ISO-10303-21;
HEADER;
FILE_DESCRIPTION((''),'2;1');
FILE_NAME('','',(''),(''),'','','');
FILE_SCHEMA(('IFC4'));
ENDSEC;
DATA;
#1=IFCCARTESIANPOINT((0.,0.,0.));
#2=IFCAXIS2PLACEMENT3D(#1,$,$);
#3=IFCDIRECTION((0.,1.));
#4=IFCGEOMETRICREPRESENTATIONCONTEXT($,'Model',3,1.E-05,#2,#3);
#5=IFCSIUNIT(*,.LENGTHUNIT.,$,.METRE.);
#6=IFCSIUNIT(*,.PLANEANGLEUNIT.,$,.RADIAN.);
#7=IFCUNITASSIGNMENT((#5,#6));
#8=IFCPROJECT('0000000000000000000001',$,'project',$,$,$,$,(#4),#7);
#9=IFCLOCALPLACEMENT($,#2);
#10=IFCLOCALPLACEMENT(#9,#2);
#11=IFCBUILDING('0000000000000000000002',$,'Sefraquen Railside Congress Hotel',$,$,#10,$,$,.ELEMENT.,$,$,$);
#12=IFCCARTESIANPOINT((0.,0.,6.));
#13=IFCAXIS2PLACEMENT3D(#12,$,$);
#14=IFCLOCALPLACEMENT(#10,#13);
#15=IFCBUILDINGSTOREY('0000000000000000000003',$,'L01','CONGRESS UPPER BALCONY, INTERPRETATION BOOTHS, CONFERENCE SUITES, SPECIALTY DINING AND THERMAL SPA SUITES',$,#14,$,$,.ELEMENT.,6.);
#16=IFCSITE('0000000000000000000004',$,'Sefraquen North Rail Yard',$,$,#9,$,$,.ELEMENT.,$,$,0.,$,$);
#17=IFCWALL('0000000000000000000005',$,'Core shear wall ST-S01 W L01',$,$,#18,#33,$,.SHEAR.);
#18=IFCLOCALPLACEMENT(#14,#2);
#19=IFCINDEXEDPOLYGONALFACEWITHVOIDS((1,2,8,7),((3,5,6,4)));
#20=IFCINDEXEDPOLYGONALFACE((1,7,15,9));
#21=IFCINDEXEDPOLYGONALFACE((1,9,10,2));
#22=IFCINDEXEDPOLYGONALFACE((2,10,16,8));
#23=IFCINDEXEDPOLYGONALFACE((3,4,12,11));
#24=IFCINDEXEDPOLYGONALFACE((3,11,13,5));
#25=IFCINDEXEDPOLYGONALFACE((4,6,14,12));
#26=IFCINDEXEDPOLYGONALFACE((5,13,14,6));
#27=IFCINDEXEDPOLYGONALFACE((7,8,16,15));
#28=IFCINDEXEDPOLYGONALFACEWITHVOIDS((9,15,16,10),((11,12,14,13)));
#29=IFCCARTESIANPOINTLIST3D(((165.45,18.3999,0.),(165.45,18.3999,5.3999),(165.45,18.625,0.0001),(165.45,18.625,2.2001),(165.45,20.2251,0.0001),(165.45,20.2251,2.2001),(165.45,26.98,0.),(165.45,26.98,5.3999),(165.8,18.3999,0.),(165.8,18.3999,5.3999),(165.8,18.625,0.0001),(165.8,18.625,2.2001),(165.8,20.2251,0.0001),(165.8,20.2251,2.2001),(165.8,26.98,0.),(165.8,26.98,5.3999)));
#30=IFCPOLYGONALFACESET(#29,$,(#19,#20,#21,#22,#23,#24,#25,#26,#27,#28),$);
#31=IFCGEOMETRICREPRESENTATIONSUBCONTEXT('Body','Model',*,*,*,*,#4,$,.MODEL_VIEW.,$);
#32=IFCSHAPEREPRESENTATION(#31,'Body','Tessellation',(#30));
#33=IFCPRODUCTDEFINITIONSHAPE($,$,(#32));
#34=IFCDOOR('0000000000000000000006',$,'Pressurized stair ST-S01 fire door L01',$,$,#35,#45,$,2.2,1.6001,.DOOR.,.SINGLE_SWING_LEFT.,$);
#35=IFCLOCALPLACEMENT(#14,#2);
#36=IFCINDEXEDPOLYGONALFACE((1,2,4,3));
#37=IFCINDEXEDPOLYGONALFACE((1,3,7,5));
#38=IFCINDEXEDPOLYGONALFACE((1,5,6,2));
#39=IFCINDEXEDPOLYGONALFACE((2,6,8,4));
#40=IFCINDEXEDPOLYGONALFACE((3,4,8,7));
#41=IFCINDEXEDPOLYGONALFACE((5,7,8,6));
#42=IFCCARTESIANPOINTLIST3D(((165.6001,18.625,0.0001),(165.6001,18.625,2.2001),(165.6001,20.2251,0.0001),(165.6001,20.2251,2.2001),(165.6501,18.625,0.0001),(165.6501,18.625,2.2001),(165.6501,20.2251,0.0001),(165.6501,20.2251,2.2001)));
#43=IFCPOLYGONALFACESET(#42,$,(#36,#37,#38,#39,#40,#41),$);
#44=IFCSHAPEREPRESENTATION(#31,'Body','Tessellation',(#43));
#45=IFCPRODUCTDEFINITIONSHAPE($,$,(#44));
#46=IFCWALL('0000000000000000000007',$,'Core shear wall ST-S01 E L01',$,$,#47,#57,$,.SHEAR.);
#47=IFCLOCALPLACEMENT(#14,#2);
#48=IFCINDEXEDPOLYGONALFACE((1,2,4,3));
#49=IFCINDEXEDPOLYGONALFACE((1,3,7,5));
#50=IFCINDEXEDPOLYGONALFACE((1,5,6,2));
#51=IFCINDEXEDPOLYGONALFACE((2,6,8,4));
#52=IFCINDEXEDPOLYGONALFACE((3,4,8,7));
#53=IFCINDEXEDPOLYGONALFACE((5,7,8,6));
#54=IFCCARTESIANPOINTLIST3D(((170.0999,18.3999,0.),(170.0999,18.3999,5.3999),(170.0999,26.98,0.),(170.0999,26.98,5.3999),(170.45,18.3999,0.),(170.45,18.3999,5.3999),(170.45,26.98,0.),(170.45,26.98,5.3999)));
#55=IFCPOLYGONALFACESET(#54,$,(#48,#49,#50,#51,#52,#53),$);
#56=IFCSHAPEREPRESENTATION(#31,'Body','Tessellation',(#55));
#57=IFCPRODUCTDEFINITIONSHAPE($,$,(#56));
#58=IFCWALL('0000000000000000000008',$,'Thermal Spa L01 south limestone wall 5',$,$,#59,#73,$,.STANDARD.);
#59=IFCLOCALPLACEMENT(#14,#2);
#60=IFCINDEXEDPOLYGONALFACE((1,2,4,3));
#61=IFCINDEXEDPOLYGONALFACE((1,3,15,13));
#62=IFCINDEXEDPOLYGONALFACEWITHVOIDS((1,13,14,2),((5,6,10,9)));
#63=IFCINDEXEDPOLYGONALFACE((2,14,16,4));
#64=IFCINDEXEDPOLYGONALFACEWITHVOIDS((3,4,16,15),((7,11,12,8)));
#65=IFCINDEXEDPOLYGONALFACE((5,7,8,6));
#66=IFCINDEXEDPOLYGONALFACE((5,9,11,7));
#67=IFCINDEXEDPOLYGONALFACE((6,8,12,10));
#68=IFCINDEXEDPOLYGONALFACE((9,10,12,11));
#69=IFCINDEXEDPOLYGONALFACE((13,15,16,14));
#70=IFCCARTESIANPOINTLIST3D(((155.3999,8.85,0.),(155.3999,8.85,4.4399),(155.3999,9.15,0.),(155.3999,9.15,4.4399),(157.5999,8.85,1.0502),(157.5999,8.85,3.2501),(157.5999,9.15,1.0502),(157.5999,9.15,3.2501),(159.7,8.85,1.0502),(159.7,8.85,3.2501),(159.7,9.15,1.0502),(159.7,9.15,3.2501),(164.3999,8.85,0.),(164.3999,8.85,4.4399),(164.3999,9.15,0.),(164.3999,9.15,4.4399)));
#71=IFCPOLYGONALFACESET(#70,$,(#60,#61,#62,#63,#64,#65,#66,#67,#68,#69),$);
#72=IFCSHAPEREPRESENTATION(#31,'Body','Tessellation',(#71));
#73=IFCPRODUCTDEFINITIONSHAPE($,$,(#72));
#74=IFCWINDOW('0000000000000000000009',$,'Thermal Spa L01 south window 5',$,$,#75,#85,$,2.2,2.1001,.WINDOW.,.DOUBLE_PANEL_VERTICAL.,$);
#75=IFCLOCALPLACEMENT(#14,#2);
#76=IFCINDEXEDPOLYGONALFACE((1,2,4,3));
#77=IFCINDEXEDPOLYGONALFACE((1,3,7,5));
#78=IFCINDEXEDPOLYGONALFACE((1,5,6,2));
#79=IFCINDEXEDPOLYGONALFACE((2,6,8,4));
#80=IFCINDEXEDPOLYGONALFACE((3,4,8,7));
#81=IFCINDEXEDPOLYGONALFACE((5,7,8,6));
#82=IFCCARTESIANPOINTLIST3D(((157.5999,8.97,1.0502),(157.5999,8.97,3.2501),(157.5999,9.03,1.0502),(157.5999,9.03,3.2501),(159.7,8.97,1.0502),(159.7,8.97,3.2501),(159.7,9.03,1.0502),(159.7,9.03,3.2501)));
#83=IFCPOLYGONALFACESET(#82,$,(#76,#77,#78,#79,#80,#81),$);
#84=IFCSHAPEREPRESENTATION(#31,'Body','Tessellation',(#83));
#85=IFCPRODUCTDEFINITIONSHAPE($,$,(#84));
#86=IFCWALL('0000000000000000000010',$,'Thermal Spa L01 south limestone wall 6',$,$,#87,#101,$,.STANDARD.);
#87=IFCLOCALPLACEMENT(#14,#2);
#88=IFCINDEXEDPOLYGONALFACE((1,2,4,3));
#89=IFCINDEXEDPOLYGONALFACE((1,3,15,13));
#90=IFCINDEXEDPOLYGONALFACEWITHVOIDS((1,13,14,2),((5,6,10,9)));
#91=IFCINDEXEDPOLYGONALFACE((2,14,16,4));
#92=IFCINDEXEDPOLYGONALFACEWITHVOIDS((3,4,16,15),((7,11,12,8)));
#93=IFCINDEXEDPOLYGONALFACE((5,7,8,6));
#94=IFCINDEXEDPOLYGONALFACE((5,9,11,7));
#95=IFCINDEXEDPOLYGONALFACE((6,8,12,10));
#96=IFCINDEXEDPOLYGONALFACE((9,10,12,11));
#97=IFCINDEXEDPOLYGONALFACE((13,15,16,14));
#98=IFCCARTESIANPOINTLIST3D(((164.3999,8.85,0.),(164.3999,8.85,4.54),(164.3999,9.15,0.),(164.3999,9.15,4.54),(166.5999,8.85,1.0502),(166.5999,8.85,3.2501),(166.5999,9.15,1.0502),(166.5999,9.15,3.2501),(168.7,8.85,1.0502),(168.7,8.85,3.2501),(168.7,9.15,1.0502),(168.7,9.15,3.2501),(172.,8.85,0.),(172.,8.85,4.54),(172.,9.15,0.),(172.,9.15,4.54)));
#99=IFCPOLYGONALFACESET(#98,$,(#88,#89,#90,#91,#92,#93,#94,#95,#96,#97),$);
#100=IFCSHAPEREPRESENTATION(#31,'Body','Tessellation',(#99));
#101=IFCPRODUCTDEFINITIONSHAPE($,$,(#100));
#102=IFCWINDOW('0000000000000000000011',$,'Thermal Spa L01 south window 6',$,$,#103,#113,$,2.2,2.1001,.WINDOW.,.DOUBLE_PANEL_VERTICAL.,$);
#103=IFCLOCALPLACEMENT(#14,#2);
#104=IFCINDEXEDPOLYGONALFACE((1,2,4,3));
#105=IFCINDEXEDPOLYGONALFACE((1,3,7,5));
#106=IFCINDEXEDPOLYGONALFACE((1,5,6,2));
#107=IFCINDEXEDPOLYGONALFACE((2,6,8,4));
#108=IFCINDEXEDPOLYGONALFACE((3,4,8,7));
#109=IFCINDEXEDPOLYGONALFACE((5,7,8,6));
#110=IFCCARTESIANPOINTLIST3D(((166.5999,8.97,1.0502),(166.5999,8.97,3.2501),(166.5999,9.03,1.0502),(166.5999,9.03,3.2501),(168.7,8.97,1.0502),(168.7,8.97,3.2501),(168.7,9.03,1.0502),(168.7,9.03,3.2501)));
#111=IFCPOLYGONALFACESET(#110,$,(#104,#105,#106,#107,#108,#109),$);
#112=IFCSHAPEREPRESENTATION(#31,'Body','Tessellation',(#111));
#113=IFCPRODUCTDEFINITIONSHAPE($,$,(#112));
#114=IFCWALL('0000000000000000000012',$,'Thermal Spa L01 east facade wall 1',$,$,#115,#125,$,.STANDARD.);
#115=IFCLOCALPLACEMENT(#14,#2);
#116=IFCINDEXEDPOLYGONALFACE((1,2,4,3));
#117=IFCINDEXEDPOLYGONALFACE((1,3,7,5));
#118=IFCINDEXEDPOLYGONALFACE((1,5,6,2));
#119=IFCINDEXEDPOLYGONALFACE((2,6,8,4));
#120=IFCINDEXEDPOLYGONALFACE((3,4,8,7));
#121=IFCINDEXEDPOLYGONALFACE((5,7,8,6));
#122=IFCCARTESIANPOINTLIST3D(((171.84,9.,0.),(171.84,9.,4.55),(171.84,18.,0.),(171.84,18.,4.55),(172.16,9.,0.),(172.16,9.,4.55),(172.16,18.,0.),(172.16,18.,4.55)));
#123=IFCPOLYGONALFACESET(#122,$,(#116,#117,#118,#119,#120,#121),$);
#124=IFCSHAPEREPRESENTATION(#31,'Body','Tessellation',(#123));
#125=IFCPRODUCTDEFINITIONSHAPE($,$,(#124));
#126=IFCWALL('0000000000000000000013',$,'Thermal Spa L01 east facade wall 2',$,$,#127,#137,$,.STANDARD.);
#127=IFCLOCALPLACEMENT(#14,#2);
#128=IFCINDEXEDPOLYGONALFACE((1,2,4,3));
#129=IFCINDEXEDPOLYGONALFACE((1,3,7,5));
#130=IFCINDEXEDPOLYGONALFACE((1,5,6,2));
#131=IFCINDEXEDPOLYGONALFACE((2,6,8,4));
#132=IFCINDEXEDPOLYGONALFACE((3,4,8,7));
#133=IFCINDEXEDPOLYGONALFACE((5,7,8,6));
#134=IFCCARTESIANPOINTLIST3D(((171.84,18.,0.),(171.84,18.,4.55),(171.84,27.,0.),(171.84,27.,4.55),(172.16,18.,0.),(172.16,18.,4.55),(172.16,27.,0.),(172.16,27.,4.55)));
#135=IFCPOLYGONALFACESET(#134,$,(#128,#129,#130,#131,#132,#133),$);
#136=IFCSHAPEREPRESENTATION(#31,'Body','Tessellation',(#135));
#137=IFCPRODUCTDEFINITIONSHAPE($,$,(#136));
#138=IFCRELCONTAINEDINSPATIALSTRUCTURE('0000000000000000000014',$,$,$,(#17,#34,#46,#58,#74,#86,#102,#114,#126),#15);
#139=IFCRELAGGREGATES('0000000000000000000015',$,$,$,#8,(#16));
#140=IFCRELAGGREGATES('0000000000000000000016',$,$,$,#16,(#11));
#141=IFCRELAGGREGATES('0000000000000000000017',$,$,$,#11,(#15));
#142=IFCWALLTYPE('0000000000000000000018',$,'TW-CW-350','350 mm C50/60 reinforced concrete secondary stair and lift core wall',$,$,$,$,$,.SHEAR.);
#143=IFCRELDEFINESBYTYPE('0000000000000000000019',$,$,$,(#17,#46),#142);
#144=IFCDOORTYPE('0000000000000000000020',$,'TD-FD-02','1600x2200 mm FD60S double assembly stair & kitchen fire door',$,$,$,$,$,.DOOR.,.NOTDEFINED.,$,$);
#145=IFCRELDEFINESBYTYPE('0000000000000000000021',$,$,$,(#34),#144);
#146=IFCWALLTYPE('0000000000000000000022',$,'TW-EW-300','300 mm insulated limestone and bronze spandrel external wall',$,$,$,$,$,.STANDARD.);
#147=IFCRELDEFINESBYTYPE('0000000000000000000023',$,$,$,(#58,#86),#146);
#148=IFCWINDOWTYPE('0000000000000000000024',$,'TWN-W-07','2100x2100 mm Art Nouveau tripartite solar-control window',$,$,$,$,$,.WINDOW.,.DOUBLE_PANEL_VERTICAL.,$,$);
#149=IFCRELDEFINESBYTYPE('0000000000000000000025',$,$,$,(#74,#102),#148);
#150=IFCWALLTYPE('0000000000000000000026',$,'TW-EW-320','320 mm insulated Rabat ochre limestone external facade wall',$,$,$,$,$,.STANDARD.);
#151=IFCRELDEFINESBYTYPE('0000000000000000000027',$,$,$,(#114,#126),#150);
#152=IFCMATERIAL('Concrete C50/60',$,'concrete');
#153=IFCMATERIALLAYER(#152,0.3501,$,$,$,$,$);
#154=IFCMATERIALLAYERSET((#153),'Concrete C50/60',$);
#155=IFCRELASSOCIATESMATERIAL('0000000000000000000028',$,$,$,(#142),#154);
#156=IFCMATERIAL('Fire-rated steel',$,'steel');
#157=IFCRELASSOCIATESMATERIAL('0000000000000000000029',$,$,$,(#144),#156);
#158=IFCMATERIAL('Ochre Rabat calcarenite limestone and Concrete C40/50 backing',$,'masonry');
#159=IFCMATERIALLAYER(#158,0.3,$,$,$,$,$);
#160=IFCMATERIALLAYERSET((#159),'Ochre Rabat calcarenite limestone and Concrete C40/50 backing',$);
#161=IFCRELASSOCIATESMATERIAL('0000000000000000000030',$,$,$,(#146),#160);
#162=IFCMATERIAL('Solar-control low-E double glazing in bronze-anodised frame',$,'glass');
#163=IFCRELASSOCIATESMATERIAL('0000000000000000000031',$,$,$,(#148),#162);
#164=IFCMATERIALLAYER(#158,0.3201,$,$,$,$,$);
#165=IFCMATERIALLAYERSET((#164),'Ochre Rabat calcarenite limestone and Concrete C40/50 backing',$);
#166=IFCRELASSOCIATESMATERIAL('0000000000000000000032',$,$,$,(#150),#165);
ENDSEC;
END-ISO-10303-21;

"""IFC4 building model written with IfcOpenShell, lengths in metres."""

from ifc_helpers import new_model, si_unit, direction, frame, frame_2d, origin, place, context, subcontext, project, spatial, rectangle, extrude, material, layer, layer_set, type_object, element, fill, save


model = new_model("IFC4")

# Units and contexts
model_context = context("Model", 3, precision=1e-05, world=origin(), true_north=direction((0.0, 1.0)))
body_context = subcontext(model_context, "Body", "Model", "MODEL_VIEW")
ifc_project = project(units=[si_unit("LENGTHUNIT", "METRE"), si_unit("PLANEANGLEUNIT", "RADIAN")], contexts=[model_context])

# Site, building, storey
site_placement = place(None, origin())
site = spatial("IfcSite", under=ifc_project, at=site_placement, Name="Sefraquen North Rail Yard", CompositionType="ELEMENT", RefElevation=0.0)
building_placement = place(site_placement, origin())
building = spatial("IfcBuilding", under=site, at=building_placement, Name="Sefraquen Railside Congress Hotel", CompositionType="ELEMENT")
storey_placement = place(building_placement, frame((0.0, 0.0, 6.0)))
storey = spatial("IfcBuildingStorey", under=building, at=storey_placement, Name="L01", Description="CONGRESS UPPER BALCONY, INTERPRETATION BOOTHS, CONFERENCE SUITES, SPECIALTY DINING AND THERMAL SPA SUITES", CompositionType="ELEMENT", Elevation=6.0)

# Shared definitions
ifc_material_1 = material(Name="Concrete C50/60", Category="concrete")
ifc_layer_1 = layer(ifc_material_1, 0.3501)
ifc_layer_set_1 = layer_set([ifc_layer_1], Name="Concrete C50/60")
wall_type_1 = type_object("IfcWallType", Name="TW-CW-350", Description="350 mm C50/60 reinforced concrete secondary stair and lift core wall", PredefinedType="SHEAR", material=ifc_layer_set_1)

# Wall, opening, door
wall_1_placement = place(storey_placement, frame((165.625, 18.3999, 0.0), z_axis=(0.0, 0.0, 1.0), x_axis=(0.0, 1.0, 0.0)))
wall_1 = element("IfcWall", 1, at=wall_1_placement, inside=storey, type_object=wall_type_1, Name="Core shear wall ST-S01 W L01", PredefinedType="SHEAR", context=body_context, shape_type="SweptSolid", body=[
    extrude(rectangle(XDim=8.5801, YDim=0.3501, at=frame_2d((4.29, 0.0))), origin(), (0.0, 0.0, 1.0), 5.3999),
])
opening_1_placement = place(wall_1_placement, frame((0.2251, 0.0, 0.0)))
opening_1 = element("IfcOpeningElement", 2, at=opening_1_placement, cuts=wall_1, PredefinedType="OPENING", context=body_context, shape_type="SweptSolid", body=[
    extrude(rectangle(XDim=1.6001, YDim=2.2, at=frame_2d((0.8, 1.1001))), frame((0.0, 0.1851, 0.0), z_axis=(0.0, -1.0, 0.0), x_axis=(1.0, 0.0, 0.0)), (0.0, 0.0, 1.0), 0.3701),
])
ifc_material_2 = material(Name="Fire-rated steel", Category="steel")
door_type = type_object("IfcDoorType", Name="TD-FD-02", Description="1600x2200 mm FD60S double assembly stair & kitchen fire door", OperationType="NOTDEFINED", PredefinedType="DOOR", material=ifc_material_2)
door_placement = place(opening_1_placement, origin())
door = element("IfcDoor", 3, at=door_placement, inside=storey, type_object=door_type, Name="Pressurized stair ST-S01 fire door L01", OperationType="SINGLE_SWING_LEFT", OverallHeight=2.2, OverallWidth=1.6001, PredefinedType="DOOR", context=body_context, shape_type="SweptSolid", body=[
    extrude(rectangle(XDim=1.6001, YDim=2.2, at=frame_2d((0.8, 1.1001))), frame((0.0, 0.0249, 0.0), z_axis=(0.0, -1.0, 0.0), x_axis=(1.0, 0.0, 0.0)), (0.0, 0.0, 1.0), 0.05),
])
fill(opening_1, door)

# Wall
wall_2_placement = place(storey_placement, frame((170.2749, 18.3999, 0.0), z_axis=(0.0, 0.0, 1.0), x_axis=(0.0, 1.0, 0.0)))
element("IfcWall", 4, at=wall_2_placement, inside=storey, type_object=wall_type_1, Name="Core shear wall ST-S01 E L01", PredefinedType="SHEAR", context=body_context, shape_type="SweptSolid", body=[
    extrude(rectangle(XDim=8.5801, YDim=0.3501, at=frame_2d((4.29, 0.0))), origin(), (0.0, 0.0, 1.0), 5.3999),
])

# Walls, openings, windows
ifc_material_3 = material(Name="Ochre Rabat calcarenite limestone and Concrete C40/50 backing", Category="masonry")
ifc_layer_2 = layer(ifc_material_3, 0.3)
ifc_layer_set_2 = layer_set([ifc_layer_2], Name="Ochre Rabat calcarenite limestone and Concrete C40/50 backing")
wall_type_2 = type_object("IfcWallType", Name="TW-EW-300", Description="300 mm insulated limestone and bronze spandrel external wall", PredefinedType="STANDARD", material=ifc_layer_set_2)
wall_3_placement = place(storey_placement, frame((155.3999, 9.0, 0.0), z_axis=(0.0, 0.0, 1.0), x_axis=(1.0, 0.0, 0.0)))
wall_3 = element("IfcWall", 5, at=wall_3_placement, inside=storey, type_object=wall_type_2, Name="Thermal Spa L01 south limestone wall 5", PredefinedType="STANDARD", context=body_context, shape_type="SweptSolid", body=[
    extrude(rectangle(XDim=9.0, YDim=0.3, at=frame_2d((4.5, 0.0))), origin(), (0.0, 0.0, 1.0), 4.4399),
])
opening_2_placement = place(wall_3_placement, frame((2.2, 0.0, 1.05)))
opening_2 = element("IfcOpeningElement", 6, at=opening_2_placement, cuts=wall_3, PredefinedType="OPENING", context=body_context, shape_type="SweptSolid", body=[
    extrude(rectangle(XDim=2.1001, YDim=2.2, at=frame_2d((1.05, 1.1001))), frame((0.0, 0.1599, 0.0), z_axis=(0.0, -1.0, 0.0), x_axis=(1.0, 0.0, 0.0)), (0.0, 0.0, 1.0), 0.3201),
])
ifc_material_4 = material(Name="Solar-control low-E double glazing in bronze-anodised frame", Category="glass")
window_type = type_object("IfcWindowType", Name="TWN-W-07", Description="2100x2100 mm Art Nouveau tripartite solar-control window", PartitioningType="DOUBLE_PANEL_VERTICAL", PredefinedType="WINDOW", material=ifc_material_4)
window_1_placement = place(opening_2_placement, origin())
window_1 = element("IfcWindow", 7, at=window_1_placement, inside=storey, type_object=window_type, Name="Thermal Spa L01 south window 5", OverallHeight=2.2, OverallWidth=2.1001, PartitioningType="DOUBLE_PANEL_VERTICAL", PredefinedType="WINDOW", context=body_context, shape_type="SweptSolid", body=[
    extrude(rectangle(XDim=2.1001, YDim=2.2, at=frame_2d((1.05, 1.1001))), frame((0.0, 0.03, 0.0), z_axis=(0.0, -1.0, 0.0), x_axis=(1.0, 0.0, 0.0)), (0.0, 0.0, 1.0), 0.0601),
])
fill(opening_2, window_1)
wall_4_placement = place(storey_placement, frame((164.3999, 9.0, 0.0), z_axis=(0.0, 0.0, 1.0), x_axis=(1.0, 0.0, 0.0)))
wall_4 = element("IfcWall", 8, at=wall_4_placement, inside=storey, type_object=wall_type_2, Name="Thermal Spa L01 south limestone wall 6", PredefinedType="STANDARD", context=body_context, shape_type="SweptSolid", body=[
    extrude(rectangle(XDim=7.6001, YDim=0.3, at=frame_2d((3.8, 0.0))), origin(), (0.0, 0.0, 1.0), 4.54),
])
opening_3_placement = place(wall_4_placement, frame((2.2, 0.0, 1.05)))
opening_3 = element("IfcOpeningElement", 9, at=opening_3_placement, cuts=wall_4, PredefinedType="OPENING", context=body_context, shape_type="SweptSolid", body=[
    extrude(rectangle(XDim=2.1001, YDim=2.2, at=frame_2d((1.05, 1.1001))), frame((0.0, 0.1599, 0.0), z_axis=(0.0, -1.0, 0.0), x_axis=(1.0, 0.0, 0.0)), (0.0, 0.0, 1.0), 0.3201),
])
window_2_placement = place(opening_3_placement, origin())
window_2 = element("IfcWindow", 10, at=window_2_placement, inside=storey, type_object=window_type, Name="Thermal Spa L01 south window 6", OverallHeight=2.2, OverallWidth=2.1001, PartitioningType="DOUBLE_PANEL_VERTICAL", PredefinedType="WINDOW", context=body_context, shape_type="SweptSolid", body=[
    extrude(rectangle(XDim=2.1001, YDim=2.2, at=frame_2d((1.05, 1.1001))), frame((0.0, 0.03, 0.0), z_axis=(0.0, -1.0, 0.0), x_axis=(1.0, 0.0, 0.0)), (0.0, 0.0, 1.0), 0.0601),
])
fill(opening_3, window_2)

# Walls
ifc_layer_3 = layer(ifc_material_3, 0.3201)
ifc_layer_set_3 = layer_set([ifc_layer_3], Name="Ochre Rabat calcarenite limestone and Concrete C40/50 backing")
wall_type_3 = type_object("IfcWallType", Name="TW-EW-320", Description="320 mm insulated Rabat ochre limestone external facade wall", PredefinedType="STANDARD", material=ifc_layer_set_3)
for number, where, z_axis, x_axis, name in (
    (11, (172.0, 9.0, 0.0), (0.0, 0.0, 1.0), (0.0, 1.0, 0.0), "Thermal Spa L01 east facade wall 1"),
    (12, (172.0, 18.0, 0.0), (0.0, 0.0, 1.0), (0.0, 1.0, 0.0), "Thermal Spa L01 east facade wall 2"),
):
    element("IfcWall", number, at=place(storey_placement, frame(where, z_axis=z_axis, x_axis=x_axis)), inside=storey, type_object=wall_type_3, Name=name, PredefinedType="STANDARD", context=body_context, shape_type="SweptSolid", body=[
        extrude(rectangle(XDim=9.0, YDim=0.3201, at=frame_2d((4.5, 0.0))), origin(), (0.0, 0.0, 1.0), 4.55),
    ])

save(model, "model.ifc")
